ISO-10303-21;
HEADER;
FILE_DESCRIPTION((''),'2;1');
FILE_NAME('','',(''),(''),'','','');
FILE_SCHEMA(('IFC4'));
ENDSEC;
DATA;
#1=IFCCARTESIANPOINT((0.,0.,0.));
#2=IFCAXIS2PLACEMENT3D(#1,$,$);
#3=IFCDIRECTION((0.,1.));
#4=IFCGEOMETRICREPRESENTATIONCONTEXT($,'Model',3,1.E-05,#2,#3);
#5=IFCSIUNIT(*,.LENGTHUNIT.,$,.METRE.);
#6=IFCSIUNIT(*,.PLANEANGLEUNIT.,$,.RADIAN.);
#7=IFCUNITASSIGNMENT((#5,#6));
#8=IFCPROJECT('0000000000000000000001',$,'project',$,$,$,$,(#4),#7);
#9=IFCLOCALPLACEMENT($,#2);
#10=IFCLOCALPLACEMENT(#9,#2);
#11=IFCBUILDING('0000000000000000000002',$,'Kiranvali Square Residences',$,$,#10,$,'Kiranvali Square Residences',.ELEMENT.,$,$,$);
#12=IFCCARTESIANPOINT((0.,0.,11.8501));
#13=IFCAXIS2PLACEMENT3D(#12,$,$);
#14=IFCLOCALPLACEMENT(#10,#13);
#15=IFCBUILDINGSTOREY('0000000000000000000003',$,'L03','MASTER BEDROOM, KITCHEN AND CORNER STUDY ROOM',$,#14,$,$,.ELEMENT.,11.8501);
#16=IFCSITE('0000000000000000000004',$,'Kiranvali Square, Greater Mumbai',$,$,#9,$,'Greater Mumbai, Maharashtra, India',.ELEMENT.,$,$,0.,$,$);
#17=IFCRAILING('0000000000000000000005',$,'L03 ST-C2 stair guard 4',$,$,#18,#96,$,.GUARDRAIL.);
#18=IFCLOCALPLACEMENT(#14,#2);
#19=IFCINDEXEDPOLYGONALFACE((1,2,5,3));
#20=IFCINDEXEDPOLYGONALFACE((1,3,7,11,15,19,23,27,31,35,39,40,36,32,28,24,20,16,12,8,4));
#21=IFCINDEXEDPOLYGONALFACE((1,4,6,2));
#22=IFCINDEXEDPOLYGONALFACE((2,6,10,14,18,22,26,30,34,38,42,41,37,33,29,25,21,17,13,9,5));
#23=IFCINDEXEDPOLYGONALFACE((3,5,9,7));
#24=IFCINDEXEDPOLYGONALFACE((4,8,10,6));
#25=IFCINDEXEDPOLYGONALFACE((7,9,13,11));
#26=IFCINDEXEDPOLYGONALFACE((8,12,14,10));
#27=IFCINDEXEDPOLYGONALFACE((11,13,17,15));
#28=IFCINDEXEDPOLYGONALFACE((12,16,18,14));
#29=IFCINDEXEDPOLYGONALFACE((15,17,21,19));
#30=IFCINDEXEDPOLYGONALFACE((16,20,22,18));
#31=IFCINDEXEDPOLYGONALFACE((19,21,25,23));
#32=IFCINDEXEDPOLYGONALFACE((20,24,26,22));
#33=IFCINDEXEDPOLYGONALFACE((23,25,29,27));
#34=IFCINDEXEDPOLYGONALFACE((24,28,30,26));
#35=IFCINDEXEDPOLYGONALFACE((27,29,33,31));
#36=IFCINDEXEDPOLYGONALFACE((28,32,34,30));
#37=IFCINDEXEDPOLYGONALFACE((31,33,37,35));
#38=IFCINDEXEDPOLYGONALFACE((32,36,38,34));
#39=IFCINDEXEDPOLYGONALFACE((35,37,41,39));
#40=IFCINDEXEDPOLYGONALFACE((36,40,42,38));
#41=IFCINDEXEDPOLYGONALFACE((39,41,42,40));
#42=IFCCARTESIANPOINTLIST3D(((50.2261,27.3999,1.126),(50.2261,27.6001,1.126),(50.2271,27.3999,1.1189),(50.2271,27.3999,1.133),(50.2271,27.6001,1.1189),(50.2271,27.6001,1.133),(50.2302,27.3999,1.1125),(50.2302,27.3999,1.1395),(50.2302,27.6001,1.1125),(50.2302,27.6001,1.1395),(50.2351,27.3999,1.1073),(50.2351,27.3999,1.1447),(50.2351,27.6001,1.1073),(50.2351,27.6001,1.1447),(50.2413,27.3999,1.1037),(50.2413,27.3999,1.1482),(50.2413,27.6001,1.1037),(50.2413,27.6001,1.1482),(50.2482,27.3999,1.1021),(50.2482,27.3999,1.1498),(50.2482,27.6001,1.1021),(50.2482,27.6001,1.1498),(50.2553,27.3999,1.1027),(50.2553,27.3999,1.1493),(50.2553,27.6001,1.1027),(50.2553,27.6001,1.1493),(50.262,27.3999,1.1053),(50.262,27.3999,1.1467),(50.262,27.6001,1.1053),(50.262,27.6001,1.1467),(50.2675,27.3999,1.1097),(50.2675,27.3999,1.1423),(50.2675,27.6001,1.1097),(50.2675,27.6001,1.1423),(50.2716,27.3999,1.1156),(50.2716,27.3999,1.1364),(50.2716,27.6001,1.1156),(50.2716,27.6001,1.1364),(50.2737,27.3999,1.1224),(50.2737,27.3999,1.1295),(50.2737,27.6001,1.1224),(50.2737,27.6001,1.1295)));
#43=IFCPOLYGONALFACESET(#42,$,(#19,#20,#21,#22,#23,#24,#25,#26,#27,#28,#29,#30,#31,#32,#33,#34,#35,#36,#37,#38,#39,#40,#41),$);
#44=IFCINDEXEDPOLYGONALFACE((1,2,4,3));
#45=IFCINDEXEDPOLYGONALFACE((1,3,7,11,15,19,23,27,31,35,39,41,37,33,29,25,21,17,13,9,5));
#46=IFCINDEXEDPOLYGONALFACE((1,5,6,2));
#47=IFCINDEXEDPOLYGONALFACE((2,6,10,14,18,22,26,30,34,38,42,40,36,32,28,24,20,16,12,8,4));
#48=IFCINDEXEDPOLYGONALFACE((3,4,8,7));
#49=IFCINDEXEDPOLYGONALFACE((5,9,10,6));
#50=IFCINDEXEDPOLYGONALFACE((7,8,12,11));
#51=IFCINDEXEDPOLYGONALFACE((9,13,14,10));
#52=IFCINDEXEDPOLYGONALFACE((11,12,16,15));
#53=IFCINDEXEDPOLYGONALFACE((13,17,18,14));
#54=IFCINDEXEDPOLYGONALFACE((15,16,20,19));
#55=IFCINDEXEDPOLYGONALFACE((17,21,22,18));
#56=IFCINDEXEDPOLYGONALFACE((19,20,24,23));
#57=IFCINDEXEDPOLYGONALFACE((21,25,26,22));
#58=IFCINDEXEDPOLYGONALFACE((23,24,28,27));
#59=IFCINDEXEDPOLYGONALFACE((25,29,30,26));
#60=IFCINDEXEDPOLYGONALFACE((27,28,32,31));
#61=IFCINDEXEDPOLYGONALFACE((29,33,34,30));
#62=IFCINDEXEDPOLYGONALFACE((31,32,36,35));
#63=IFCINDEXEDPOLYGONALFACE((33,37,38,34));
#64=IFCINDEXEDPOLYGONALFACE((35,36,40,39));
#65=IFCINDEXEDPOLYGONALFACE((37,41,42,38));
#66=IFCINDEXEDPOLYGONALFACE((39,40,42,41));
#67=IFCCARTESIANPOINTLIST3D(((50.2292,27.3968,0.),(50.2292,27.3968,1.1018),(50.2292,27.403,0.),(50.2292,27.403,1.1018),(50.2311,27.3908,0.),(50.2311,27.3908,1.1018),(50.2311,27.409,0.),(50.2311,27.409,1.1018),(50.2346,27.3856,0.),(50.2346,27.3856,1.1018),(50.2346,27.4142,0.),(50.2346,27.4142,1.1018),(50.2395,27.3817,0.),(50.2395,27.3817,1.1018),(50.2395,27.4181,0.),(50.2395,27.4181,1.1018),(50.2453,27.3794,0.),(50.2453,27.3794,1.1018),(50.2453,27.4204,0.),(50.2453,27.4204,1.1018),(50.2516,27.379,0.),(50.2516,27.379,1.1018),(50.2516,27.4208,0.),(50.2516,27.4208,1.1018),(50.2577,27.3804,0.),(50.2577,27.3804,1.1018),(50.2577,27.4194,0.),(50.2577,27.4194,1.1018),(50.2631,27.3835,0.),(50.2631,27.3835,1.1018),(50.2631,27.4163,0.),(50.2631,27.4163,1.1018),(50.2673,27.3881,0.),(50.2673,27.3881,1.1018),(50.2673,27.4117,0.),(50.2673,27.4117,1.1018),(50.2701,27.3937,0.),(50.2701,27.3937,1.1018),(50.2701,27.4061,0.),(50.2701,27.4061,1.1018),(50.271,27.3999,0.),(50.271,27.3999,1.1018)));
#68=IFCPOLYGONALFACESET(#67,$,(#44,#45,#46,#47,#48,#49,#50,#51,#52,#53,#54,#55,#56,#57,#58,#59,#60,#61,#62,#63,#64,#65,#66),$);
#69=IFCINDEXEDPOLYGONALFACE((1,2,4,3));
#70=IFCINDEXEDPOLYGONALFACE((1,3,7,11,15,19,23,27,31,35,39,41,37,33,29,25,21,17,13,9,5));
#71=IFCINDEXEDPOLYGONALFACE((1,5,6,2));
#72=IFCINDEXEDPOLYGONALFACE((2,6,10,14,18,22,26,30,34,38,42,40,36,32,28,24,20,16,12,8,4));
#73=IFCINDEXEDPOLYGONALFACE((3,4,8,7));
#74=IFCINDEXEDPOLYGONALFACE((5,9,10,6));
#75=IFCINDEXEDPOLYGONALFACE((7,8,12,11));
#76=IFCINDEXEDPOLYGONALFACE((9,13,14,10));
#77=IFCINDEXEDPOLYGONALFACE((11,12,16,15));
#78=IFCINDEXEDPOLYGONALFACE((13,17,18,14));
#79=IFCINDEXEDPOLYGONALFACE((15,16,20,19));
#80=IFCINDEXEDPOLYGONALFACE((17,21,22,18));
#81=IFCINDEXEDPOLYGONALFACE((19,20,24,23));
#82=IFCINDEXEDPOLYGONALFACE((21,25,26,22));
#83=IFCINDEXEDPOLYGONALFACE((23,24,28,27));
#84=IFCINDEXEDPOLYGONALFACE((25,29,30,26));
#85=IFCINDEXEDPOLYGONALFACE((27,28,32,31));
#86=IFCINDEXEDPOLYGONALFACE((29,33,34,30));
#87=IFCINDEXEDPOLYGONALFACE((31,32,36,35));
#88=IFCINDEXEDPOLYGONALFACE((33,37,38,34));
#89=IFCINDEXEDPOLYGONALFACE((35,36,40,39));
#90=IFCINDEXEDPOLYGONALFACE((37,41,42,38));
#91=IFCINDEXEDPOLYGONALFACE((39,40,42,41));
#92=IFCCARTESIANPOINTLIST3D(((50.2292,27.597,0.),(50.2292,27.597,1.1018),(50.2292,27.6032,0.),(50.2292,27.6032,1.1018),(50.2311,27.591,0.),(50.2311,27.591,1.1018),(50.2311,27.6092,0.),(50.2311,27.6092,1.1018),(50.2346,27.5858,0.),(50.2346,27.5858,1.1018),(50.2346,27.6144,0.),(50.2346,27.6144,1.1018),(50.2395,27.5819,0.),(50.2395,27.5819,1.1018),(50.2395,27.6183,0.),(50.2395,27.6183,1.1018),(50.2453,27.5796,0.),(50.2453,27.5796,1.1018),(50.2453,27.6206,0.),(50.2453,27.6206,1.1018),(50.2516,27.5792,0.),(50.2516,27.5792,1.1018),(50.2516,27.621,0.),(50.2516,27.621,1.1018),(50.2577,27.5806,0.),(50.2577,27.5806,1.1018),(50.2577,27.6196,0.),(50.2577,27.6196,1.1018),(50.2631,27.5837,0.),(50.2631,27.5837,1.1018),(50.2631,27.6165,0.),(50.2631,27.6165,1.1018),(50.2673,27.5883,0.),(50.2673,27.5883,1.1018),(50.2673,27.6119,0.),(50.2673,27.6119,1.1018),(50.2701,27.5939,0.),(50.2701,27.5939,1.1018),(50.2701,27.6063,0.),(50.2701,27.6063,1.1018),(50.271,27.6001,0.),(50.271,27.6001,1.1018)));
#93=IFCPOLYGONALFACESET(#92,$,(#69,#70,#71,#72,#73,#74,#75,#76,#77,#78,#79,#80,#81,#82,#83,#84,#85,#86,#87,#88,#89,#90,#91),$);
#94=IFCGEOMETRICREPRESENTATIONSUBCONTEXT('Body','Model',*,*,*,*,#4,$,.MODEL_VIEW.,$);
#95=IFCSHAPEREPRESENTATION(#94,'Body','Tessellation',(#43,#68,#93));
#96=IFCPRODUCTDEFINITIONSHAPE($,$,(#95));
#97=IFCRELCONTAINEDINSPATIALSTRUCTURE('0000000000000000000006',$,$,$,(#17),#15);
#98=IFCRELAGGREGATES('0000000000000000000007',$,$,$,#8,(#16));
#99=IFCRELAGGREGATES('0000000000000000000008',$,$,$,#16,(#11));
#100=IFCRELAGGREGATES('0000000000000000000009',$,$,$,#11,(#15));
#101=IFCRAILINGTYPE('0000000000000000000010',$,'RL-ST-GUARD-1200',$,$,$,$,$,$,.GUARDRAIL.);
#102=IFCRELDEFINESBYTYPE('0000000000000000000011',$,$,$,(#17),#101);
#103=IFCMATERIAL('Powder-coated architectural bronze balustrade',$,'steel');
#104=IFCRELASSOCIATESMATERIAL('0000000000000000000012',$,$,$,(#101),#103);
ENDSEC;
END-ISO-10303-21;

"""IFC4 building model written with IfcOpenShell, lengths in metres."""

from ifc_helpers import new_model, si_unit, direction, frame, origin, origin_2d, place, context, subcontext, project, spatial, circle, extrude, material, type_object, element, save


model = new_model("IFC4")

# Units and contexts
model_context = context("Model", 3, precision=1e-05, world=origin(), true_north=direction((0.0, 1.0)))
body_context = subcontext(model_context, "Body", "Model", "MODEL_VIEW")
ifc_project = project(units=[si_unit("LENGTHUNIT", "METRE"), si_unit("PLANEANGLEUNIT", "RADIAN")], contexts=[model_context])

# Site, building, storey
site_placement = place(None, origin())
site = spatial("IfcSite", under=ifc_project, at=site_placement, Name="Kiranvali Square, Greater Mumbai", LongName="Greater Mumbai, Maharashtra, India", CompositionType="ELEMENT", RefElevation=0.0)
building_placement = place(site_placement, origin())
building = spatial("IfcBuilding", under=site, at=building_placement, Name="Kiranvali Square Residences", LongName="Kiranvali Square Residences", CompositionType="ELEMENT")
storey_placement = place(building_placement, frame((0.0, 0.0, 11.8501)))
storey = spatial("IfcBuildingStorey", under=building, at=storey_placement, Name="L03", Description="MASTER BEDROOM, KITCHEN AND CORNER STUDY ROOM", CompositionType="ELEMENT", Elevation=11.8501)

# Railing
ifc_material_1 = material(Name="Powder-coated architectural bronze balustrade", Category="steel")
railing_type_1 = type_object("IfcRailingType", Name="RL-ST-GUARD-1200", PredefinedType="GUARDRAIL", material=ifc_material_1)
railing_1_placement = place(storey_placement, frame((50.25, 27.3999, 0.0)))
element("IfcRailing", 1, at=railing_1_placement, inside=storey, type_object=railing_type_1, Name="L03 ST-C2 stair guard 4", PredefinedType="GUARDRAIL", context=body_context, shape_type="SweptSolid", body=[
    extrude(circle(Radius=0.0239, at=origin_2d()), frame((0.0, 0.0, 1.126), z_axis=(0.0, 1.0, 0.0), x_axis=(-1.0, 0.0, 0.0)), (0.0, 0.0, 1.0), 0.2002),
    extrude(circle(Radius=0.021, at=origin_2d()), origin(), (0.0, 0.0, 1.0), 1.1018),
    extrude(circle(Radius=0.021, at=origin_2d()), frame((0.0, 0.2002, 0.0)), (0.0, 0.0, 1.0), 1.1018),
])

save(model, "model.ifc")
